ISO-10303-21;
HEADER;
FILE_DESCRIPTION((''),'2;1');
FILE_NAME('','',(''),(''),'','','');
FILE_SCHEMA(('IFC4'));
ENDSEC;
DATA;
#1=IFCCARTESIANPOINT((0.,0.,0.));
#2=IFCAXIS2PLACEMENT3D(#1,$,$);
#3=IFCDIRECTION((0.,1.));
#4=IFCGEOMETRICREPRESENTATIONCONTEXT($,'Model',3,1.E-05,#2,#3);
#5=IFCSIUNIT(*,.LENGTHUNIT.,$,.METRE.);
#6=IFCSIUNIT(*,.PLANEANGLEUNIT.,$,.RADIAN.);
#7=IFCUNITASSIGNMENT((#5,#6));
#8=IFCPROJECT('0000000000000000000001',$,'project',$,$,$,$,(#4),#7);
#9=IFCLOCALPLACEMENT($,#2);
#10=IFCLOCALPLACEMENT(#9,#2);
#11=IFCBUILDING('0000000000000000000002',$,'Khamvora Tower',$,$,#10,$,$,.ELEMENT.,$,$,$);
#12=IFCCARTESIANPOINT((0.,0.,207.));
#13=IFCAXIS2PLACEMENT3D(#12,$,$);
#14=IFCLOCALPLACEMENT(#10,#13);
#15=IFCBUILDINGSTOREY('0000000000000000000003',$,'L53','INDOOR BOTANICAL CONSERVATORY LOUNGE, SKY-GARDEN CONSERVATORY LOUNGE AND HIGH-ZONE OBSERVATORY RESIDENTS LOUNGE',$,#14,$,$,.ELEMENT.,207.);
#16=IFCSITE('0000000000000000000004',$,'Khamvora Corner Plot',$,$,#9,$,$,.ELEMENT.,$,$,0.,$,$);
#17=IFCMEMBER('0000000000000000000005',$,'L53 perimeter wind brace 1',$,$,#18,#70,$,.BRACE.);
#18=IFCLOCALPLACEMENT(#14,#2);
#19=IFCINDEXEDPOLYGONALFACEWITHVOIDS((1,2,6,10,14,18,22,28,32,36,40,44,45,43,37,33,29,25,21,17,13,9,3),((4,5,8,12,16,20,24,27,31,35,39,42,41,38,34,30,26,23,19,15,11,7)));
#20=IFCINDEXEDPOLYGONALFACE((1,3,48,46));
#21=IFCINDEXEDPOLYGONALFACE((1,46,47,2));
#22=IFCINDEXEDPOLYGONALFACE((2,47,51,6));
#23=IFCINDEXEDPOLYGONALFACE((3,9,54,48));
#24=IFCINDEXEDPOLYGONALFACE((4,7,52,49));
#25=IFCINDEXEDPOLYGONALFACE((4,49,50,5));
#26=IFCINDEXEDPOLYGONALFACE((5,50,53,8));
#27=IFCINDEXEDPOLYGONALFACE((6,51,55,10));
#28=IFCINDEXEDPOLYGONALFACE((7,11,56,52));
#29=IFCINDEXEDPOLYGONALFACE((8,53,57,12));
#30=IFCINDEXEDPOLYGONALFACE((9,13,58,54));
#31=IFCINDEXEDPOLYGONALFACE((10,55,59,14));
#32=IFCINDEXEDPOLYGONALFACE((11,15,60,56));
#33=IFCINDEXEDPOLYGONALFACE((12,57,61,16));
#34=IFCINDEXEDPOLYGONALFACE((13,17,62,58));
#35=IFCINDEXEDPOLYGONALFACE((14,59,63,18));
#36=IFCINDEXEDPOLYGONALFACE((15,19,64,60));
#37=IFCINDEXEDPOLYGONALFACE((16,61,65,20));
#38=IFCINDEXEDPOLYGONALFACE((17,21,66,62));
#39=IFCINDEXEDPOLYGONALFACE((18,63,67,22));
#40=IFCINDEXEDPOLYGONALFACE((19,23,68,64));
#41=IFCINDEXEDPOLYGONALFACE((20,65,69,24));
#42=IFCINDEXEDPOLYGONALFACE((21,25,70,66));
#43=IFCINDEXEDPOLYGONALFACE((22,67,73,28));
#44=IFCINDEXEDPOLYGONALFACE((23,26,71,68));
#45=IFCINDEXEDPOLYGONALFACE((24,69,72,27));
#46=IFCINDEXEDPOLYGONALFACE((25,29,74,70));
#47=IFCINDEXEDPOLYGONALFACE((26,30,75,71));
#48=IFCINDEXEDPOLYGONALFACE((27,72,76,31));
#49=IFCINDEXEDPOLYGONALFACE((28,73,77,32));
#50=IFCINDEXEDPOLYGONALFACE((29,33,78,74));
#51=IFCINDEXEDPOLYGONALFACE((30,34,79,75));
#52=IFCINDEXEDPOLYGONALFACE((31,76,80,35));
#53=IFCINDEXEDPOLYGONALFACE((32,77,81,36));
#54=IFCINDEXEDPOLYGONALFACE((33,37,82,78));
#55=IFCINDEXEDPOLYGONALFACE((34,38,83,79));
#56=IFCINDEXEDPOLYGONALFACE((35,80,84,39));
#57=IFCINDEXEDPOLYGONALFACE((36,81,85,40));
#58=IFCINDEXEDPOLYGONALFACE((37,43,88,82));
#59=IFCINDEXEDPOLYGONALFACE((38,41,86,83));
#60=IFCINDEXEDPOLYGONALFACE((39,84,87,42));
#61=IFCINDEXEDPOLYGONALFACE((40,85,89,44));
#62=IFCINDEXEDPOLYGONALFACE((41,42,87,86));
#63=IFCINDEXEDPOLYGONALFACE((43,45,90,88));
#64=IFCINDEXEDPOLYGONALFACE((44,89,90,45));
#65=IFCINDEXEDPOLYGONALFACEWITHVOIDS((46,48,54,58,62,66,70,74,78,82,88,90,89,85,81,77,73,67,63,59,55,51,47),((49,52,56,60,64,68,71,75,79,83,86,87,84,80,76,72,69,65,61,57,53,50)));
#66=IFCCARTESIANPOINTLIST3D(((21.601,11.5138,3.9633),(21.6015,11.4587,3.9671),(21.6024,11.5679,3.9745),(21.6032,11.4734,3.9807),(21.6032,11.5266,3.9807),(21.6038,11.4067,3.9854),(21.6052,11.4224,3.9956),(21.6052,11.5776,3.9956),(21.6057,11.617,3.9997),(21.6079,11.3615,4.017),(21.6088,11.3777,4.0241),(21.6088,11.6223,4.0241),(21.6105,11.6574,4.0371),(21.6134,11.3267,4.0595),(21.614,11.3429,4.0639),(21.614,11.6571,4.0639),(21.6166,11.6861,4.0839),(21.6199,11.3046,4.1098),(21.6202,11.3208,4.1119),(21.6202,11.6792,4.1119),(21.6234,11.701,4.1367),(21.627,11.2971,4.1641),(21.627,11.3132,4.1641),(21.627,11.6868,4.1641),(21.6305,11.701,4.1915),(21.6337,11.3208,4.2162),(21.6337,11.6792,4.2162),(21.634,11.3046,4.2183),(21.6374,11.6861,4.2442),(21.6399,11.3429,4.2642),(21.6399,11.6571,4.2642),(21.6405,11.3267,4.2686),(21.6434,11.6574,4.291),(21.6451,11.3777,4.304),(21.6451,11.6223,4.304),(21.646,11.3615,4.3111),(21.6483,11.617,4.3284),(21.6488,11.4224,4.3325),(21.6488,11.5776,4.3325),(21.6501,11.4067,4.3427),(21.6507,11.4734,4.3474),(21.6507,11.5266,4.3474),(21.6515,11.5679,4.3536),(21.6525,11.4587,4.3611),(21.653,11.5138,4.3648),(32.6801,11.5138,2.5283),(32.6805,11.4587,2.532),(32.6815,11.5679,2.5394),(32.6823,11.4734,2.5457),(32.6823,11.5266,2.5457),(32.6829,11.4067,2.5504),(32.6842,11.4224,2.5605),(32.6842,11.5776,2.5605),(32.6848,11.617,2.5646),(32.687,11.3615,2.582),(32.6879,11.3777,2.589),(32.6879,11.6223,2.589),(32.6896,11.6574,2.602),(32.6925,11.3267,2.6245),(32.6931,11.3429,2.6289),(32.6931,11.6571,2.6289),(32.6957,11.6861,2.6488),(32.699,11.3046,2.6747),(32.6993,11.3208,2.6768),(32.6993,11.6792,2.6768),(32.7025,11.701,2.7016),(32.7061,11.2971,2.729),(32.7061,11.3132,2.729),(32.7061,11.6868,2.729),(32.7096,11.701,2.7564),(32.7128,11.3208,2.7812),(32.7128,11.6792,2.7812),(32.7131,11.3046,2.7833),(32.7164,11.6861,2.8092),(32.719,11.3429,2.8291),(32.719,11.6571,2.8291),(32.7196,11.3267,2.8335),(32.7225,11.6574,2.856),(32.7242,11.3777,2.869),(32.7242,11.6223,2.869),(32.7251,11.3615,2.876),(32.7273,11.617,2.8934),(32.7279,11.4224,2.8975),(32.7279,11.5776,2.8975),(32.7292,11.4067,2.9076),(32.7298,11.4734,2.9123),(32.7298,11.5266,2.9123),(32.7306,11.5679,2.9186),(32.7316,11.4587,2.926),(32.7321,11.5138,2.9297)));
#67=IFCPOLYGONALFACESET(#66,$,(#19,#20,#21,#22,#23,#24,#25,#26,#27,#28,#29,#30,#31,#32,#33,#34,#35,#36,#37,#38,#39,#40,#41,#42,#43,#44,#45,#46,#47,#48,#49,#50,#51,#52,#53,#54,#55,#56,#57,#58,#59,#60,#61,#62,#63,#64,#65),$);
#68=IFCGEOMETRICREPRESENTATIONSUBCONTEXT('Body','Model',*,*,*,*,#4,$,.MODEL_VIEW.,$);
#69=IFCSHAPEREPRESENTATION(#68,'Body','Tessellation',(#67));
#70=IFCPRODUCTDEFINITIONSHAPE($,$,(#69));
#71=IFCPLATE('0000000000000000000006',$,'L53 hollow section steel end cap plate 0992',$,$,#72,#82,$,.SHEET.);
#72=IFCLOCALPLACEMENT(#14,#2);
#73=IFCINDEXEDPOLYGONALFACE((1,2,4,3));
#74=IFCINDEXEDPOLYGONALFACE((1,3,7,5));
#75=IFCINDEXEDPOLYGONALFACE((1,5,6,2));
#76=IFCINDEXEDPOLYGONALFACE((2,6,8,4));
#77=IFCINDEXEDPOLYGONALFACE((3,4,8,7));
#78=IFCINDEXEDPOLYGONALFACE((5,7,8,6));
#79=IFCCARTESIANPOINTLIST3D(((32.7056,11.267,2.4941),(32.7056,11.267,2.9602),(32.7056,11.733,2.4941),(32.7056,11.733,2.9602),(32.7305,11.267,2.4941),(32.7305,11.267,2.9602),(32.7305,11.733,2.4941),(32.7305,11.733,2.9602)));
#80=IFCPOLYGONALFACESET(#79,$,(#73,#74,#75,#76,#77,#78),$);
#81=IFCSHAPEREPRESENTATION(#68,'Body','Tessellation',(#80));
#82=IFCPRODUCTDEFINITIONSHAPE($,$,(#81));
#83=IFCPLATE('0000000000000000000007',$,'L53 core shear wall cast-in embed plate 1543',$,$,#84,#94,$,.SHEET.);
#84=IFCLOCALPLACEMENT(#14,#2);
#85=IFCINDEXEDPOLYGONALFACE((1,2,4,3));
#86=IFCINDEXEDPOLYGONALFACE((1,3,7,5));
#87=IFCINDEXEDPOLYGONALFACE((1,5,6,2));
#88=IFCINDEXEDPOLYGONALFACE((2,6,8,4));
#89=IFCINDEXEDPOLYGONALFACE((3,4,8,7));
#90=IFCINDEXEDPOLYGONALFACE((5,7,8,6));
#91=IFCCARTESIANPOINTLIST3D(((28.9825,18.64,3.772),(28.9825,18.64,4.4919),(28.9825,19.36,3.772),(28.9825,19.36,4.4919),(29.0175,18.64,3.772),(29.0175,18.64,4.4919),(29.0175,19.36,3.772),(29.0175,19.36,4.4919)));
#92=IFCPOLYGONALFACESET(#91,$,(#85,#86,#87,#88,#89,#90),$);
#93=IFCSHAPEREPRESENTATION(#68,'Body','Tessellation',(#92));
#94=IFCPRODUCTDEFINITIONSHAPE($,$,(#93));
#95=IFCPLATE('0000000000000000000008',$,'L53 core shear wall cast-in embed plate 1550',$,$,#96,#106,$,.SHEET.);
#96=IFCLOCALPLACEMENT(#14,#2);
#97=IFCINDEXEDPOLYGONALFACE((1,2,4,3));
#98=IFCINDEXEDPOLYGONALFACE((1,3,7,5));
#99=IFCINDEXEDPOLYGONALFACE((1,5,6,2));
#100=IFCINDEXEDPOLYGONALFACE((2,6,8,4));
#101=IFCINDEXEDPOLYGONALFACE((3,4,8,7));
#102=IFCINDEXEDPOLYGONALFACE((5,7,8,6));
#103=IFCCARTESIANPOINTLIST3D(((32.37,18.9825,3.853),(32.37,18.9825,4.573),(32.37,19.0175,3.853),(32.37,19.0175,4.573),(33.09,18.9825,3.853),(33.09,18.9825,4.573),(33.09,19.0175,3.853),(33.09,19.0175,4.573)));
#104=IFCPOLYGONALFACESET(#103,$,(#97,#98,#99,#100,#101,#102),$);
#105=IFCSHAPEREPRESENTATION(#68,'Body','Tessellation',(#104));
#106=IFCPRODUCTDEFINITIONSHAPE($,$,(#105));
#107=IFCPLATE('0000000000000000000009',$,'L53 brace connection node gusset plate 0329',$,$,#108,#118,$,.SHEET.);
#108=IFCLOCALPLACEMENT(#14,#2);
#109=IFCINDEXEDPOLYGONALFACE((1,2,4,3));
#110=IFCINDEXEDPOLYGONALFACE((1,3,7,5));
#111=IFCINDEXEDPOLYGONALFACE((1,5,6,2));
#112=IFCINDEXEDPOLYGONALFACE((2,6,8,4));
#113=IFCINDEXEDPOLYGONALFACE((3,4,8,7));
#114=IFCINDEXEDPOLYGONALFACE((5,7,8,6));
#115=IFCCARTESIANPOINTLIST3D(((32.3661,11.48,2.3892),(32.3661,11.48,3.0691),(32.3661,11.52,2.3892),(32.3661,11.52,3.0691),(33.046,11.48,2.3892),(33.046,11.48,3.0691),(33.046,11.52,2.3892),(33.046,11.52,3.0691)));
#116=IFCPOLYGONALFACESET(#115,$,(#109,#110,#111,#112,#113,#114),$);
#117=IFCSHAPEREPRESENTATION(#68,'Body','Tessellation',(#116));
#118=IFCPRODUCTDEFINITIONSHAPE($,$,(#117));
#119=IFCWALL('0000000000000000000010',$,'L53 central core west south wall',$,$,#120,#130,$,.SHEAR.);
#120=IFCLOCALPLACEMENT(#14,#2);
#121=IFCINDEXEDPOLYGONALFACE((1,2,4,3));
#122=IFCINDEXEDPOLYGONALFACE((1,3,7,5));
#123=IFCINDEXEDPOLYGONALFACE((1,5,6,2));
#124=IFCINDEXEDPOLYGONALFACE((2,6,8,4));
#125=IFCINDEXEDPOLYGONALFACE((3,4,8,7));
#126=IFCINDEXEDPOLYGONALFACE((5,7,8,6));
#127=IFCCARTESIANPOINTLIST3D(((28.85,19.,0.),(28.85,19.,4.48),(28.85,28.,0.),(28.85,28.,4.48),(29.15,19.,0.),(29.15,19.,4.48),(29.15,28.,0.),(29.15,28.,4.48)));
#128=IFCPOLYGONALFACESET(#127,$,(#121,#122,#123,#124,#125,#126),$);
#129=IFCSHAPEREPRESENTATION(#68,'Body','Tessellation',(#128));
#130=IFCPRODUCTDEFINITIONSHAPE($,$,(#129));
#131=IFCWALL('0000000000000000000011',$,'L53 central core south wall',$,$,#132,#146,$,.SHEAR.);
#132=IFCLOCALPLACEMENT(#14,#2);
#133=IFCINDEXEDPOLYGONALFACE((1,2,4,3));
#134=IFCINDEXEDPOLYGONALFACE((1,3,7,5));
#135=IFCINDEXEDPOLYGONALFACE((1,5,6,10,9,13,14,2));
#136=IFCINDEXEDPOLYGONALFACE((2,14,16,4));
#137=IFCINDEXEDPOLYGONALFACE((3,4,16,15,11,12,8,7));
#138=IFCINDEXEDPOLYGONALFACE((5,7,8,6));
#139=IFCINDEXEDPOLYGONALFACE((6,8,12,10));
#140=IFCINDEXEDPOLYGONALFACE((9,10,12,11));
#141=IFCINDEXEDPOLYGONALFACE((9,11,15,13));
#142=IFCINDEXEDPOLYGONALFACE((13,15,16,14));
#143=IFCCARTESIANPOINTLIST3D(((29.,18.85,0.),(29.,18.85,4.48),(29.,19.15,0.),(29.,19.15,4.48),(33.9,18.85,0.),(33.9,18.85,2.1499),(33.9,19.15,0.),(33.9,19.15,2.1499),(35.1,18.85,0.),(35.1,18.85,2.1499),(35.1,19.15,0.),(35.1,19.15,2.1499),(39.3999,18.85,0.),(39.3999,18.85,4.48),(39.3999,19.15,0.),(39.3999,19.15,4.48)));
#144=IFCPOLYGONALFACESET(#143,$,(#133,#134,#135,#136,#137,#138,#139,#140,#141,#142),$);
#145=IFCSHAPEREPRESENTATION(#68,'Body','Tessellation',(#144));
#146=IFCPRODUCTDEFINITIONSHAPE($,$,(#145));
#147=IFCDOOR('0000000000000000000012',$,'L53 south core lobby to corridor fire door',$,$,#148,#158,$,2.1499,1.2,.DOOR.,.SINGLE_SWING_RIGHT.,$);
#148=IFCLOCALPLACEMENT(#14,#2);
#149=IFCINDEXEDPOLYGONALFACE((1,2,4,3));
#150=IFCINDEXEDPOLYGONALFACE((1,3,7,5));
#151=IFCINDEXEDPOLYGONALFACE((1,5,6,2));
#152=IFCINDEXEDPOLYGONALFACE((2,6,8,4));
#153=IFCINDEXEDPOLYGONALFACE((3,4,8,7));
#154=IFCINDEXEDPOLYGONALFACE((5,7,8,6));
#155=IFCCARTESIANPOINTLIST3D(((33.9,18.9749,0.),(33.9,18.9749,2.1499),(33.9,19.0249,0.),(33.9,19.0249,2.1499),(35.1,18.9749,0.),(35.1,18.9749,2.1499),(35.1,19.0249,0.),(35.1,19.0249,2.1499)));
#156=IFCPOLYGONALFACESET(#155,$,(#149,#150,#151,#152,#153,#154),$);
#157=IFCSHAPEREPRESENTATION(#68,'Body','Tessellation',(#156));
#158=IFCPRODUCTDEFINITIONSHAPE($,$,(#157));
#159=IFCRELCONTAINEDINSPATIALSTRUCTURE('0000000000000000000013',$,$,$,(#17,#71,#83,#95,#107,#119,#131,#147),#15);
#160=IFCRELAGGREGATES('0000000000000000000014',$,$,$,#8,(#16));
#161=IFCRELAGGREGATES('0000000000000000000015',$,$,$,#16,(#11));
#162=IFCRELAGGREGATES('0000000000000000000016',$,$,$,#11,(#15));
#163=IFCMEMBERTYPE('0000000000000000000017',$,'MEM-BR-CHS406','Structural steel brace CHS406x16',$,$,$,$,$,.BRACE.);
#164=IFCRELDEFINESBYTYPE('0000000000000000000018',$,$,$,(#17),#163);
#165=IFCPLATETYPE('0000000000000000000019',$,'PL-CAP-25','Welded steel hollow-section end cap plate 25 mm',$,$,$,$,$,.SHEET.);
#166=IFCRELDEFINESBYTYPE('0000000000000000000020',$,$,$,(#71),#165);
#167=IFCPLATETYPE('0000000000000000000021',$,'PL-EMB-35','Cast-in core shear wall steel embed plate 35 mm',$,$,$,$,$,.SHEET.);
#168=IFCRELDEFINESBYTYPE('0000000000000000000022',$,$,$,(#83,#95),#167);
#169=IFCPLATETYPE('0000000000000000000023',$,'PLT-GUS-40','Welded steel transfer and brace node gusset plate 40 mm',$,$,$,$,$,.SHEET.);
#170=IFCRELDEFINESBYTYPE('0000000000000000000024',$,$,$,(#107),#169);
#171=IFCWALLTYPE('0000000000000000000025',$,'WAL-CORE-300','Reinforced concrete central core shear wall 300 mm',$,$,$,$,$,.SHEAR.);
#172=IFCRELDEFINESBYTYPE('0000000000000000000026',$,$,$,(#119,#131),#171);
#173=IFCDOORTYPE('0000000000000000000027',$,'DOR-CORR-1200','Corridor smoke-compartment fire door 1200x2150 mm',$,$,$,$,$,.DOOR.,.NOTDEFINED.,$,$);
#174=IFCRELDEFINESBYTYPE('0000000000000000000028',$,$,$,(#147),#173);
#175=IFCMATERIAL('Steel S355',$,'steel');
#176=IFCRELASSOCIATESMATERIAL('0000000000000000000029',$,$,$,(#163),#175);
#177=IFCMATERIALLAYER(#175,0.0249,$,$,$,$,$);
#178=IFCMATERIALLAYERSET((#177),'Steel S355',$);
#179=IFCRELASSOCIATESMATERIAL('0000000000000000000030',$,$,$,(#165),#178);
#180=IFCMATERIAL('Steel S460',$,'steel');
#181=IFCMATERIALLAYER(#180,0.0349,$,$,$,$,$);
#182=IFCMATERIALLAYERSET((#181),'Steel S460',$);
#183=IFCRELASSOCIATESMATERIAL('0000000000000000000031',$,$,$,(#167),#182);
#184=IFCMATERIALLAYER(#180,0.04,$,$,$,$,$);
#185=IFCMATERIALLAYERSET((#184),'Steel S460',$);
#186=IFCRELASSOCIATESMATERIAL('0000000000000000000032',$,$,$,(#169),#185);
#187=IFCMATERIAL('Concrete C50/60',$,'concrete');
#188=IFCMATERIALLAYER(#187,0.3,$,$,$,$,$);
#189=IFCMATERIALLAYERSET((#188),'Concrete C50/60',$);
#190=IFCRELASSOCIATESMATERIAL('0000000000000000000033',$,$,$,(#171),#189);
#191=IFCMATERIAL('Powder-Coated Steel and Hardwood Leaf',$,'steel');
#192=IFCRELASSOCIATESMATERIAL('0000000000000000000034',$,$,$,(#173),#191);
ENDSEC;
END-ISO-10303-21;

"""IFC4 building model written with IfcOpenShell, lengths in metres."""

from ifc_helpers import new_model, si_unit, direction, frame, frame_2d, origin, origin_2d, place, context, subcontext, project, spatial, rectangle, hollow_circle, extrude, material, layer, layer_set, material_profile, profile_set, type_object, element, fill, save


model = new_model("IFC4")

# Units and contexts
model_context = context("Model", 3, precision=1e-05, world=origin(), true_north=direction((0.0, 1.0)))
body_context = subcontext(model_context, "Body", "Model", "MODEL_VIEW")
ifc_project = project(units=[si_unit("LENGTHUNIT", "METRE"), si_unit("PLANEANGLEUNIT", "RADIAN")], contexts=[model_context])

# Site, building, storey
site_placement = place(None, origin())
site = spatial("IfcSite", under=ifc_project, at=site_placement, Name="Khamvora Corner Plot", CompositionType="ELEMENT", RefElevation=0.0)
building_placement = place(site_placement, origin())
building = spatial("IfcBuilding", under=site, at=building_placement, Name="Khamvora Tower", CompositionType="ELEMENT")
storey_placement = place(building_placement, frame((0.0, 0.0, 207.0)))
storey = spatial("IfcBuildingStorey", under=building, at=storey_placement, Name="L53", Description="INDOOR BOTANICAL CONSERVATORY LOUNGE, SKY-GARDEN CONSERVATORY LOUNGE AND HIGH-ZONE OBSERVATORY RESIDENTS LOUNGE", CompositionType="ELEMENT", Elevation=207.0)

# Shared definitions
ifc_material_1 = material(Name="Steel S355", Category="steel")

# Member
ifc_material_profile_1 = material_profile(ifc_material_1, hollow_circle(Radius=0.2029, WallThickness=0.0161, at=origin_2d()), Name="CHS406x16")
ifc_profile_set_1 = profile_set([ifc_material_profile_1], Name="Steel S355")
member_type = type_object("IfcMemberType", Name="MEM-BR-CHS406", Description="Structural steel brace CHS406x16", PredefinedType="BRACE", material=ifc_profile_set_1)
member_placement = place(storey_placement, frame((32.7061, 11.5, 2.729), z_axis=(-0.991715, 0.0, 0.128455), x_axis=(0.0, -1.0, 0.0)))
element("IfcMember", 1, at=member_placement, inside=storey, type_object=member_type, Name="L53 perimeter wind brace 1", PredefinedType="BRACE", context=body_context, shape_type="SweptSolid", body=[
    extrude(hollow_circle(Radius=0.2029, WallThickness=0.0161, at=origin_2d()), origin(), (0.0, 0.0, 1.0), 11.1716),
])

# Plates
ifc_layer_1 = layer(ifc_material_1, 0.0249)
ifc_layer_set_1 = layer_set([ifc_layer_1], Name="Steel S355")
plate_type_1 = type_object("IfcPlateType", Name="PL-CAP-25", Description="Welded steel hollow-section end cap plate 25 mm", PredefinedType="SHEET", material=ifc_layer_set_1)
plate_1_placement = place(storey_placement, frame((32.718, 11.5, 2.4941), z_axis=(0.0, 0.0, 1.0), x_axis=(-1.0, 0.0, 0.0)))
element("IfcPlate", 2, at=plate_1_placement, inside=storey, type_object=plate_type_1, Name="L53 hollow section steel end cap plate 0992", PredefinedType="SHEET", context=body_context, shape_type="SweptSolid", body=[
    extrude(rectangle(XDim=0.0249, YDim=0.4661, at=origin_2d()), origin(), (0.0, 0.0, 1.0), 0.4661),
])
ifc_material_2 = material(Name="Steel S460", Category="steel")
ifc_layer_2 = layer(ifc_material_2, 0.0349)
ifc_layer_set_2 = layer_set([ifc_layer_2], Name="Steel S460")
plate_type_2 = type_object("IfcPlateType", Name="PL-EMB-35", Description="Cast-in core shear wall steel embed plate 35 mm", PredefinedType="SHEET", material=ifc_layer_set_2)
plate_2_placement = place(storey_placement, frame((29.0, 19.0, 3.772), z_axis=(0.0, 0.0, 1.0), x_axis=(1.0, 0.0, 0.0)))
element("IfcPlate", 3, at=plate_2_placement, inside=storey, type_object=plate_type_2, Name="L53 core shear wall cast-in embed plate 1543", PredefinedType="SHEET", context=body_context, shape_type="SweptSolid", body=[
    extrude(rectangle(XDim=0.0349, YDim=0.72, at=origin_2d()), origin(), (0.0, 0.0, 1.0), 0.72),
])
plate_3_placement = place(storey_placement, frame((32.73, 19.0, 3.853), z_axis=(0.0, 0.0, 1.0), x_axis=(1.0, 0.0, 0.0)))
element("IfcPlate", 4, at=plate_3_placement, inside=storey, type_object=plate_type_2, Name="L53 core shear wall cast-in embed plate 1550", PredefinedType="SHEET", context=body_context, shape_type="SweptSolid", body=[
    extrude(rectangle(XDim=0.72, YDim=0.0349, at=origin_2d()), origin(), (0.0, 0.0, 1.0), 0.72),
])
ifc_layer_3 = layer(ifc_material_2, 0.04)
ifc_layer_set_3 = layer_set([ifc_layer_3], Name="Steel S460")
plate_type_3 = type_object("IfcPlateType", Name="PLT-GUS-40", Description="Welded steel transfer and brace node gusset plate 40 mm", PredefinedType="SHEET", material=ifc_layer_set_3)
plate_4_placement = place(storey_placement, frame((32.7061, 11.5, 2.3892), z_axis=(0.0, 0.0, 1.0), x_axis=(1.0, 0.0, 0.0)))
element("IfcPlate", 5, at=plate_4_placement, inside=storey, type_object=plate_type_3, Name="L53 brace connection node gusset plate 0329", PredefinedType="SHEET", context=body_context, shape_type="SweptSolid", body=[
    extrude(rectangle(XDim=0.6799, YDim=0.04, at=origin_2d()), origin(), (0.0, 0.0, 1.0), 0.6799),
])

# Wall
ifc_material_3 = material(Name="Concrete C50/60", Category="concrete")
ifc_layer_4 = layer(ifc_material_3, 0.3)
ifc_layer_set_4 = layer_set([ifc_layer_4], Name="Concrete C50/60")
wall_type_1 = type_object("IfcWallType", Name="WAL-CORE-300", Description="Reinforced concrete central core shear wall 300 mm", PredefinedType="SHEAR", material=ifc_layer_set_4)
wall_1_placement = place(storey_placement, frame((29.0, 19.0, 0.0), z_axis=(0.0, 0.0, 1.0), x_axis=(0.0, 1.0, 0.0)))
element("IfcWall", 6, at=wall_1_placement, inside=storey, type_object=wall_type_1, Name="L53 central core west south wall", PredefinedType="SHEAR", context=body_context, shape_type="SweptSolid", body=[
    extrude(rectangle(XDim=9.0, YDim=0.3, at=frame_2d((4.5, 0.0))), origin(), (0.0, 0.0, 1.0), 4.48),
])

# Wall, opening, door
wall_2_placement = place(storey_placement, frame((29.0, 19.0, 0.0), z_axis=(0.0, 0.0, 1.0), x_axis=(1.0, 0.0, 0.0)))
wall_2 = element("IfcWall", 7, at=wall_2_placement, inside=storey, type_object=wall_type_1, Name="L53 central core south wall", PredefinedType="SHEAR", context=body_context, shape_type="SweptSolid", body=[
    extrude(rectangle(XDim=10.3999, YDim=0.3, at=frame_2d((5.2, 0.0))), origin(), (0.0, 0.0, 1.0), 4.48),
])
opening_1_placement = place(wall_2_placement, frame((4.8999, 0.0, 0.0)))
opening_1 = element("IfcOpeningElement", 8, at=opening_1_placement, cuts=wall_2, PredefinedType="OPENING", context=body_context, shape_type="SweptSolid", body=[
    extrude(rectangle(XDim=1.2, YDim=2.1499, at=frame_2d((0.6001, 1.075))), frame((0.0, 0.1599, 0.0), z_axis=(0.0, -1.0, 0.0), x_axis=(1.0, 0.0, 0.0)), (0.0, 0.0, 1.0), 0.3201),
])
ifc_material_4 = material(Name="Powder-Coated Steel and Hardwood Leaf", Category="steel")
door_type_1 = type_object("IfcDoorType", Name="DOR-CORR-1200", Description="Corridor smoke-compartment fire door 1200x2150 mm", OperationType="NOTDEFINED", PredefinedType="DOOR", material=ifc_material_4)
door_1_placement = place(opening_1_placement, origin())
door_1 = element("IfcDoor", 9, at=door_1_placement, inside=storey, type_object=door_type_1, Name="L53 south core lobby to corridor fire door", OperationType="SINGLE_SWING_RIGHT", OverallHeight=2.1499, OverallWidth=1.2, PredefinedType="DOOR", context=body_context, shape_type="SweptSolid", body=[
    extrude(rectangle(XDim=1.2, YDim=2.1499, at=frame_2d((0.6001, 1.075))), frame((0.0, 0.0249, 0.0), z_axis=(0.0, -1.0, 0.0), x_axis=(1.0, 0.0, 0.0)), (0.0, 0.0, 1.0), 0.05),
])
fill(opening_1, door_1)

save(model, "model.ifc")
